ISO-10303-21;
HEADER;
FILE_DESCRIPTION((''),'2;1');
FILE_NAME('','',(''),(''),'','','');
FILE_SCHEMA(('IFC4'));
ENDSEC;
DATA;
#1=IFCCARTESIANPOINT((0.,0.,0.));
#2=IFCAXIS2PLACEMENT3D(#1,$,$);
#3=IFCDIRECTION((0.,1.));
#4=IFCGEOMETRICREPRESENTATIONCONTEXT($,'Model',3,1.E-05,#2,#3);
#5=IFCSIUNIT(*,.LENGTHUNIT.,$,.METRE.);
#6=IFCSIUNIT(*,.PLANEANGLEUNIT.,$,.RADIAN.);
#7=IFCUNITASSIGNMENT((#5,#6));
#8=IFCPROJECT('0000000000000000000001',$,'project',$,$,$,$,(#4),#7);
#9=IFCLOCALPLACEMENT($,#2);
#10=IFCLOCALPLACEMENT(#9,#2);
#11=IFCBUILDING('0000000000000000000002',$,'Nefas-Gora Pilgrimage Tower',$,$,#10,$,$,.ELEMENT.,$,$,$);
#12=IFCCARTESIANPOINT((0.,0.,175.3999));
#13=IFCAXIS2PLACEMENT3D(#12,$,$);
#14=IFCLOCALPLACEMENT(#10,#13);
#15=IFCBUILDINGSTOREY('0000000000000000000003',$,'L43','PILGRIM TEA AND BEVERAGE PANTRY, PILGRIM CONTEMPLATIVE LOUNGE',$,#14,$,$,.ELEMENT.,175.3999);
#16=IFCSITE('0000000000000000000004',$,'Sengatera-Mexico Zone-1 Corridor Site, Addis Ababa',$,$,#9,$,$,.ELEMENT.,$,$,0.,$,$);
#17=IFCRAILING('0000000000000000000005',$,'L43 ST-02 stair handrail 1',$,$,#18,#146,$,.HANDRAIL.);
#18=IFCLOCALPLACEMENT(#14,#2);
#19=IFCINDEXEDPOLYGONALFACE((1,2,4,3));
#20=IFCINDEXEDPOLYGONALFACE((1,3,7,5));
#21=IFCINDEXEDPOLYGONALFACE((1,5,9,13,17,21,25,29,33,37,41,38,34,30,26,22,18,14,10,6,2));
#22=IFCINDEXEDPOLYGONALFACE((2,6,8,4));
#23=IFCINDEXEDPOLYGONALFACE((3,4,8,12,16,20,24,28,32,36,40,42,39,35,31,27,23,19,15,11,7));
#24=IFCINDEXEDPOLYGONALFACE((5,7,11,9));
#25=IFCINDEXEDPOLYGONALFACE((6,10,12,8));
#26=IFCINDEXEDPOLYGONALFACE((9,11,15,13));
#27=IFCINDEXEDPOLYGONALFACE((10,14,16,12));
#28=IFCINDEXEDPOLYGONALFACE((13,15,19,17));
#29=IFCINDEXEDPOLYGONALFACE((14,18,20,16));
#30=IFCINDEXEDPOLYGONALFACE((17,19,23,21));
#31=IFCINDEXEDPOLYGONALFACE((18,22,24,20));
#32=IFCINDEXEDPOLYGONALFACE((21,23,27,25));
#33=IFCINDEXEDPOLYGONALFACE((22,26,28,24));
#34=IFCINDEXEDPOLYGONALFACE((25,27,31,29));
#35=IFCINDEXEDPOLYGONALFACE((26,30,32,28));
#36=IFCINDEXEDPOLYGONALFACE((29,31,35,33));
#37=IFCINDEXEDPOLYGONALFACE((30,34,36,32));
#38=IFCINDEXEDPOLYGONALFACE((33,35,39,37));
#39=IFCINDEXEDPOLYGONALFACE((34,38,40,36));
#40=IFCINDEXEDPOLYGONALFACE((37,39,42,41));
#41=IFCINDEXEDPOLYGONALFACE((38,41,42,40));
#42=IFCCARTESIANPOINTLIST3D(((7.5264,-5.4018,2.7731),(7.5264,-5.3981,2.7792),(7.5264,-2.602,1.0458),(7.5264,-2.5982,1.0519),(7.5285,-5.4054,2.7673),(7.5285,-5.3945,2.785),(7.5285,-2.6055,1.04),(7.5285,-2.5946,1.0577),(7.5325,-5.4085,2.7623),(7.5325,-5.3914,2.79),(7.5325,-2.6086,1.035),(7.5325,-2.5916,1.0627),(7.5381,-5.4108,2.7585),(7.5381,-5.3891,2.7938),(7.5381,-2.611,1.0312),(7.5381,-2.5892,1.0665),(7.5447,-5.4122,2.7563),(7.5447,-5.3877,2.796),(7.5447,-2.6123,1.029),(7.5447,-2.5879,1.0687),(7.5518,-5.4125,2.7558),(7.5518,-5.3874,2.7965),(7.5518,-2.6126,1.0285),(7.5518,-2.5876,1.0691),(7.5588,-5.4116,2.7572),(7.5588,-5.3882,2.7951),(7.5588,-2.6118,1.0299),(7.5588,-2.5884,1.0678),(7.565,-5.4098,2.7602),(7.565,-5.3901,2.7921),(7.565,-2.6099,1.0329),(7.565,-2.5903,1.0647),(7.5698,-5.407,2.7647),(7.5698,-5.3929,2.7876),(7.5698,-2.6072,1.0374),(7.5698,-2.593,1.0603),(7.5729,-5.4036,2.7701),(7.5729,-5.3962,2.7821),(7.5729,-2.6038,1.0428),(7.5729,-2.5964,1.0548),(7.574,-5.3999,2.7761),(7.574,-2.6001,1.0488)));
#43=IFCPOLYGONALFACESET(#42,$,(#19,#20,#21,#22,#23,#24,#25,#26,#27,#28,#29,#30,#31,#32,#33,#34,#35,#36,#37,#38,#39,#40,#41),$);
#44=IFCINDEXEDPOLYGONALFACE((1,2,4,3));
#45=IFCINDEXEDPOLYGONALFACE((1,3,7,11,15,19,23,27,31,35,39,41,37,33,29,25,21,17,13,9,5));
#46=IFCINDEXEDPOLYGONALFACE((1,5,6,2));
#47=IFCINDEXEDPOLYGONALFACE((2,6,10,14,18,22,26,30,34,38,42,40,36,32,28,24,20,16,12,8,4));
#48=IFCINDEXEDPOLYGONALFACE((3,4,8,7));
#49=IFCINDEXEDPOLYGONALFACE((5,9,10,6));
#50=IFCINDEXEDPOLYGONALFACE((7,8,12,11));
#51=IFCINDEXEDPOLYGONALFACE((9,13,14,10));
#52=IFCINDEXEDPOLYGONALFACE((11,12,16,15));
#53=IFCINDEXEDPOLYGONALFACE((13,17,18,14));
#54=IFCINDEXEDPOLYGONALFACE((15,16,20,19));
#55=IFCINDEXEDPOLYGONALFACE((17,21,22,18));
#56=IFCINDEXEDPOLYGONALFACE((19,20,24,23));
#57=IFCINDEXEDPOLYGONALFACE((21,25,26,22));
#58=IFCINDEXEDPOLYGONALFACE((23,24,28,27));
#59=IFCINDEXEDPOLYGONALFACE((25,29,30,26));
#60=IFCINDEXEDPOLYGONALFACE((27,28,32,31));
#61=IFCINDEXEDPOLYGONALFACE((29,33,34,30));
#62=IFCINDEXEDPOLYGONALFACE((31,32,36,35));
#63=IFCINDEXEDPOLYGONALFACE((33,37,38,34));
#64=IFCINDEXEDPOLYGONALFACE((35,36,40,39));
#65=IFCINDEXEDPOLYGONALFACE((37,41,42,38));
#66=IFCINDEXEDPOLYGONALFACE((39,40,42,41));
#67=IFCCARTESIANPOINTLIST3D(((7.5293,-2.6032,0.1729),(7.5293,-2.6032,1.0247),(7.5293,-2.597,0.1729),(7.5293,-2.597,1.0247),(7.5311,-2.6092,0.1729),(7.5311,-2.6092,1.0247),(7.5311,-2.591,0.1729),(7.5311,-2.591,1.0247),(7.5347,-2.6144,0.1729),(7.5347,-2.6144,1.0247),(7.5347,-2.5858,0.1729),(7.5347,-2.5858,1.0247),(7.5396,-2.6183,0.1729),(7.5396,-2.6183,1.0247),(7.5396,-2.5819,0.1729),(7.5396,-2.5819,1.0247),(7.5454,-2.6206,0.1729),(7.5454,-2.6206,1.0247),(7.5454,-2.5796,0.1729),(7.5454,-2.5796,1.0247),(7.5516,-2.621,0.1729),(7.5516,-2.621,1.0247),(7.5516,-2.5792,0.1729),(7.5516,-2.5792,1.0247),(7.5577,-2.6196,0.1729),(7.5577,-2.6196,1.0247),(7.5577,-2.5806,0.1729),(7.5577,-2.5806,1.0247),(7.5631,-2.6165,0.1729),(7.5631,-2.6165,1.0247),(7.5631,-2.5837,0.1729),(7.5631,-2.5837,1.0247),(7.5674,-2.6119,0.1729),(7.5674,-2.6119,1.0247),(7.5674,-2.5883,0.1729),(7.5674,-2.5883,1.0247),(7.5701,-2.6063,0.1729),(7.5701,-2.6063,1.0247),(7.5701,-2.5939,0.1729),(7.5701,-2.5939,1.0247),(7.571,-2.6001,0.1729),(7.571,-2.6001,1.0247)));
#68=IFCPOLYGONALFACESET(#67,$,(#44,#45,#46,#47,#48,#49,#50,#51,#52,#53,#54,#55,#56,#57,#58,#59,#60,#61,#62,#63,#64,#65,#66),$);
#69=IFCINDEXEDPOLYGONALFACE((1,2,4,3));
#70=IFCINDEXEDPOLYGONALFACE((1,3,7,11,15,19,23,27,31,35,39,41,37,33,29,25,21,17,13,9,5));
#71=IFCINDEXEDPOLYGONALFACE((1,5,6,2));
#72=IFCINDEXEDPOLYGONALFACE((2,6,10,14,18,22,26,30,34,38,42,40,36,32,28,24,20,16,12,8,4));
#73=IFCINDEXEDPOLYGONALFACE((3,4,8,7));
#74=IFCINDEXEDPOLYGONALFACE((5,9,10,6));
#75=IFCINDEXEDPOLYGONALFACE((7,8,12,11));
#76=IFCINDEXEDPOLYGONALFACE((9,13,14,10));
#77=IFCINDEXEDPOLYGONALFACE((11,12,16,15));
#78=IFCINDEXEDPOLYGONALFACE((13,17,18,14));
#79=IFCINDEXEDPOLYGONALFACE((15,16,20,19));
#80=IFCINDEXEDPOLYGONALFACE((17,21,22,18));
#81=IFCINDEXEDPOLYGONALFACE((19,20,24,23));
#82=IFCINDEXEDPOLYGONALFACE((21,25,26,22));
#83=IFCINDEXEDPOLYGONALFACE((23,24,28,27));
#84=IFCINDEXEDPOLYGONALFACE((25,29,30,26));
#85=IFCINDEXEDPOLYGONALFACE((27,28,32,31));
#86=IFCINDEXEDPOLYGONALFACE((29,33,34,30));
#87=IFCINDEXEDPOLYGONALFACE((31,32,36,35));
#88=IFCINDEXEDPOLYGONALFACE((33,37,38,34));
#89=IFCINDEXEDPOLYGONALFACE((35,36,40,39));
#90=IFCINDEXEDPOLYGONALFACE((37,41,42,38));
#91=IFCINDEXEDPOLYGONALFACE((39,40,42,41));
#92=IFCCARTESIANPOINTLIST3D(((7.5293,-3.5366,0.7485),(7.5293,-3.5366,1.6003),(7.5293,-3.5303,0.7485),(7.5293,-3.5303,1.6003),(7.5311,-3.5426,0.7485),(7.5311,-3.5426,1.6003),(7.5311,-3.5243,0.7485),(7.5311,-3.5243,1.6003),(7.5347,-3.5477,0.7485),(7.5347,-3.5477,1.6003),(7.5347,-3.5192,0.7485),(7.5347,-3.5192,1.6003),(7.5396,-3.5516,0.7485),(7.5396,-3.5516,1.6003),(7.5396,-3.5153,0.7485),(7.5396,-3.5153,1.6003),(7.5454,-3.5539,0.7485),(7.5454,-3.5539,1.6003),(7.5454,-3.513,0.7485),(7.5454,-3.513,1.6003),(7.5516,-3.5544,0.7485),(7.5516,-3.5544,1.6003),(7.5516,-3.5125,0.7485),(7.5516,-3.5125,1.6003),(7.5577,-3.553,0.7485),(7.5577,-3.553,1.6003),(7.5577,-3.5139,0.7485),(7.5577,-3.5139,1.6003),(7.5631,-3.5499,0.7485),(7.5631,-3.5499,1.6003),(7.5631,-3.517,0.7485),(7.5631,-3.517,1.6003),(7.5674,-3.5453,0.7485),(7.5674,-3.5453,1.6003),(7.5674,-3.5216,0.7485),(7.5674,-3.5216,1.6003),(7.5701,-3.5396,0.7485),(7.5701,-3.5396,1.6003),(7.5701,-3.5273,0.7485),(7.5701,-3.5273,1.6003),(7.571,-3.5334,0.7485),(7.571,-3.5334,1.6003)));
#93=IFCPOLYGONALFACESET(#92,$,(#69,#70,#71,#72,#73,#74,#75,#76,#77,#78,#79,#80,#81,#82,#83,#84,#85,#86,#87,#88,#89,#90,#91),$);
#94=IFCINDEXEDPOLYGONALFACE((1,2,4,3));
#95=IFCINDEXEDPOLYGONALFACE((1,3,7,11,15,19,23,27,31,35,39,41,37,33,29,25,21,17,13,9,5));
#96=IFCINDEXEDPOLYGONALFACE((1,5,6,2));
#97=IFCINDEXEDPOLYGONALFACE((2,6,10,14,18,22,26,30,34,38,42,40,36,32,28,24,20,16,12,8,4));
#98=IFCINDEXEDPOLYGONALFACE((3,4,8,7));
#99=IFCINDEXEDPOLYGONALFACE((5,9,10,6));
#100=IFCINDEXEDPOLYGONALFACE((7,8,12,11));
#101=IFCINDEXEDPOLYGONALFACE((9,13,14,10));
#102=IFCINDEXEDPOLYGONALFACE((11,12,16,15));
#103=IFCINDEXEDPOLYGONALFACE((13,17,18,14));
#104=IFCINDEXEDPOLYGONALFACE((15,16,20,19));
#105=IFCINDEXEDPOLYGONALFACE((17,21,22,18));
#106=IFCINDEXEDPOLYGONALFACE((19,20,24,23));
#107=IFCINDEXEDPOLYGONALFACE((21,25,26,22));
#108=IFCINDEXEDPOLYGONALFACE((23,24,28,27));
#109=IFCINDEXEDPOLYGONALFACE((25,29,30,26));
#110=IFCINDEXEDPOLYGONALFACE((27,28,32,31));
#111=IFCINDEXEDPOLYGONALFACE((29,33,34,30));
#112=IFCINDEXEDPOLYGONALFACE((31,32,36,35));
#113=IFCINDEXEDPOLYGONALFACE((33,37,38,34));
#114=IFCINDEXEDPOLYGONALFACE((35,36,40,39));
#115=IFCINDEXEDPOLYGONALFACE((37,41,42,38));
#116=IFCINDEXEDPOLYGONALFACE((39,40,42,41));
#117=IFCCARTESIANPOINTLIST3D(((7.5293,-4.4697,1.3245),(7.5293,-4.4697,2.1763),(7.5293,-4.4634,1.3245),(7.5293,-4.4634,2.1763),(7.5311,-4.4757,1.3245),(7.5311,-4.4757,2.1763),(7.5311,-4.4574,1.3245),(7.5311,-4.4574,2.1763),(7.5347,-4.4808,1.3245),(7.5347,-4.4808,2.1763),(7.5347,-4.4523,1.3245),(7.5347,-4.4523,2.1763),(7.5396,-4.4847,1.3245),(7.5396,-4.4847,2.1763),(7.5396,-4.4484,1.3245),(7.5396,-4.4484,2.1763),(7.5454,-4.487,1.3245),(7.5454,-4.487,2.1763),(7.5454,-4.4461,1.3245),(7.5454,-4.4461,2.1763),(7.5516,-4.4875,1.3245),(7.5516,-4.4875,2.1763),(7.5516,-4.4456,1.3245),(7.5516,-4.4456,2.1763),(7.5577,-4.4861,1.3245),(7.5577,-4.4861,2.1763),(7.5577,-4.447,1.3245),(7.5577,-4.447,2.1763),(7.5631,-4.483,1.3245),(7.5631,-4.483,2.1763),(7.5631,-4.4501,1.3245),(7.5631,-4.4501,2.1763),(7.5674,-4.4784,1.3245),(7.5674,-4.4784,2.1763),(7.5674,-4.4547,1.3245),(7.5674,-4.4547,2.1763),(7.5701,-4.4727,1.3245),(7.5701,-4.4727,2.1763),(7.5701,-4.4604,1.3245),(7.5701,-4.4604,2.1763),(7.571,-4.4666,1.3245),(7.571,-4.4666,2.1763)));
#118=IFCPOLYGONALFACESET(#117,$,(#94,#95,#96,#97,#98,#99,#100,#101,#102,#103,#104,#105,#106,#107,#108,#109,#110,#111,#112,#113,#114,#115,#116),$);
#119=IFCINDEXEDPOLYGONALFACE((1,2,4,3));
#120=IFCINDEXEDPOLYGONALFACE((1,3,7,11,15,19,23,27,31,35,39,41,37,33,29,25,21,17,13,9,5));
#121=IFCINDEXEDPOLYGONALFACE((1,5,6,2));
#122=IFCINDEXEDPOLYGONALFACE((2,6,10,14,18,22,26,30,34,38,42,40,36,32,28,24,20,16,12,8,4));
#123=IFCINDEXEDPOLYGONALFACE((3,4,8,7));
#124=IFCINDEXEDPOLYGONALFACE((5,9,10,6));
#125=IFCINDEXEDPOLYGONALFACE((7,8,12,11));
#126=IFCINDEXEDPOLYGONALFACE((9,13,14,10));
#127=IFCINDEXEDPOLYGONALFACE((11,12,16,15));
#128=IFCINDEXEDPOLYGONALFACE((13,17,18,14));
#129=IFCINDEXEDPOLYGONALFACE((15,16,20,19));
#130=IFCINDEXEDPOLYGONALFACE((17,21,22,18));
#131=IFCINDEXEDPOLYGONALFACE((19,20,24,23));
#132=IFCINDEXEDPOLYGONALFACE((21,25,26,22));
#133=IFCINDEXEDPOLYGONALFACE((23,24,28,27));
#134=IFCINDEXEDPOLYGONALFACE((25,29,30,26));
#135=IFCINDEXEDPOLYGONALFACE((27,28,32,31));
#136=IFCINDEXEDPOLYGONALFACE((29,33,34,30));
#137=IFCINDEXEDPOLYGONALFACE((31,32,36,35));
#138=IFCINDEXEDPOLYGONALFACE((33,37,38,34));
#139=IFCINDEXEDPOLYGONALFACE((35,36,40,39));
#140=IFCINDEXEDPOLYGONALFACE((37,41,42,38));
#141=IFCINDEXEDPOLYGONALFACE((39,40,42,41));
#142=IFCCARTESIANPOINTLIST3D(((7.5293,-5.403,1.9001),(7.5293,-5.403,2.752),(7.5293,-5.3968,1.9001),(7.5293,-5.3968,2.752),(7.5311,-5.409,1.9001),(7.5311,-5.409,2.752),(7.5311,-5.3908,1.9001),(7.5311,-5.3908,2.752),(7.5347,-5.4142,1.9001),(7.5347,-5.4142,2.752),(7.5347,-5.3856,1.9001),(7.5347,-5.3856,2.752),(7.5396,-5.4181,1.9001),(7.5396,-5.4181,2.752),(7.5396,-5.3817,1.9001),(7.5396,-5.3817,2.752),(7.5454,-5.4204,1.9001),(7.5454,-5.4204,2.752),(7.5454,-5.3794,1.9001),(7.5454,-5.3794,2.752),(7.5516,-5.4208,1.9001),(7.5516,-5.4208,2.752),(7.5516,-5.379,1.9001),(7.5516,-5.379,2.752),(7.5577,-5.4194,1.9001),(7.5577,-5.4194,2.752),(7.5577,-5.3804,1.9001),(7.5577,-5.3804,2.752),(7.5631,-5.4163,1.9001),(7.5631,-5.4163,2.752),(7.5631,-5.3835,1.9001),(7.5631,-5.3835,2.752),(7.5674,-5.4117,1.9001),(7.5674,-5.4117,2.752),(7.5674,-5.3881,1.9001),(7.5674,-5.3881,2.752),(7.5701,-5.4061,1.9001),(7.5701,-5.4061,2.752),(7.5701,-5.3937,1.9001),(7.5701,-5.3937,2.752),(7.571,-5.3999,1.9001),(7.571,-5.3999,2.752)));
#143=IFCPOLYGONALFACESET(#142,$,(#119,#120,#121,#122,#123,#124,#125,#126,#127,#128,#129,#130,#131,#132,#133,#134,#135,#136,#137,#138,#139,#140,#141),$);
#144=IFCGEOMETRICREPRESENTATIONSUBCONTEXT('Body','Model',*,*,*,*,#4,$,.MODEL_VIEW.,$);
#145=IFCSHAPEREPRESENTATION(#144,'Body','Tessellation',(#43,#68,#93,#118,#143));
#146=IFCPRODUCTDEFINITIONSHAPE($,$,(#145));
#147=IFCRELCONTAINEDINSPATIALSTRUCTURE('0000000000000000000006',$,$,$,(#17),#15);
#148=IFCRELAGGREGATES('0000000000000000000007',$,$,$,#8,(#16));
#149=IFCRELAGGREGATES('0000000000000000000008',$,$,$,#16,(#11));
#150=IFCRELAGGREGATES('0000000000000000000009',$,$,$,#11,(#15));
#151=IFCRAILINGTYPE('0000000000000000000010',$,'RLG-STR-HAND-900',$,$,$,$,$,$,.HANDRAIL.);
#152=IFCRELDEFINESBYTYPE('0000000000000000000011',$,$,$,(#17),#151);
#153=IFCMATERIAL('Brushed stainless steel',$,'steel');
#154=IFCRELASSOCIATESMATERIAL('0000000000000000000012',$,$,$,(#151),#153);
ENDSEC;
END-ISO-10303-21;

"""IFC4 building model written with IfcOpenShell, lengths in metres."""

from ifc_helpers import new_model, si_unit, direction, frame, origin, origin_2d, place, context, subcontext, project, spatial, circle, extrude, material, type_object, element, save


model = new_model("IFC4")

# Units and contexts
model_context = context("Model", 3, precision=1e-05, world=origin(), true_north=direction((0.0, 1.0)))
body_context = subcontext(model_context, "Body", "Model", "MODEL_VIEW")
ifc_project = project(units=[si_unit("LENGTHUNIT", "METRE"), si_unit("PLANEANGLEUNIT", "RADIAN")], contexts=[model_context])

# Site, building, storey
site_placement = place(None, origin())
site = spatial("IfcSite", under=ifc_project, at=site_placement, Name="Sengatera-Mexico Zone-1 Corridor Site, Addis Ababa", CompositionType="ELEMENT", RefElevation=0.0)
building_placement = place(site_placement, origin())
building = spatial("IfcBuilding", under=site, at=building_placement, Name="Nefas-Gora Pilgrimage Tower", CompositionType="ELEMENT")
storey_placement = place(building_placement, frame((0.0, 0.0, 175.3999)))
storey = spatial("IfcBuildingStorey", under=building, at=storey_placement, Name="L43", Description="PILGRIM TEA AND BEVERAGE PANTRY, PILGRIM CONTEMPLATIVE LOUNGE", CompositionType="ELEMENT", Elevation=175.3999)

# Railing
ifc_material_1 = material(Name="Brushed stainless steel", Category="steel")
railing_type_1 = type_object("IfcRailingType", Name="RLG-STR-HAND-900", PredefinedType="HANDRAIL", material=ifc_material_1)
railing_1_placement = place(storey_placement, frame((7.55, -2.6001, 0.1729)))
element("IfcRailing", 1, at=railing_1_placement, inside=storey, type_object=railing_type_1, Name="L43 ST-02 stair handrail 1", PredefinedType="HANDRAIL", context=body_context, shape_type="SweptSolid", body=[
    extrude(circle(Radius=0.0239, at=origin_2d()), frame((0.0, 0.0, 0.876), z_axis=(0.0, -0.851069, 0.525054), x_axis=(1.0, 0.0, 0.0)), (0.0, 0.0, 1.0), 3.2898),
    extrude(circle(Radius=0.021, at=origin_2d()), origin(), (0.0, 0.0, 1.0), 0.8518),
    extrude(circle(Radius=0.021, at=origin_2d()), frame((0.0, -0.9333, 0.5757)), (0.0, 0.0, 1.0), 0.8518),
    extrude(circle(Radius=0.021, at=origin_2d()), frame((0.0, -1.8665, 1.1516)), (0.0, 0.0, 1.0), 0.8518),
    extrude(circle(Radius=0.021, at=origin_2d()), frame((0.0, -2.7998, 1.7273)), (0.0, 0.0, 1.0), 0.8518),
])

save(model, "model.ifc")
